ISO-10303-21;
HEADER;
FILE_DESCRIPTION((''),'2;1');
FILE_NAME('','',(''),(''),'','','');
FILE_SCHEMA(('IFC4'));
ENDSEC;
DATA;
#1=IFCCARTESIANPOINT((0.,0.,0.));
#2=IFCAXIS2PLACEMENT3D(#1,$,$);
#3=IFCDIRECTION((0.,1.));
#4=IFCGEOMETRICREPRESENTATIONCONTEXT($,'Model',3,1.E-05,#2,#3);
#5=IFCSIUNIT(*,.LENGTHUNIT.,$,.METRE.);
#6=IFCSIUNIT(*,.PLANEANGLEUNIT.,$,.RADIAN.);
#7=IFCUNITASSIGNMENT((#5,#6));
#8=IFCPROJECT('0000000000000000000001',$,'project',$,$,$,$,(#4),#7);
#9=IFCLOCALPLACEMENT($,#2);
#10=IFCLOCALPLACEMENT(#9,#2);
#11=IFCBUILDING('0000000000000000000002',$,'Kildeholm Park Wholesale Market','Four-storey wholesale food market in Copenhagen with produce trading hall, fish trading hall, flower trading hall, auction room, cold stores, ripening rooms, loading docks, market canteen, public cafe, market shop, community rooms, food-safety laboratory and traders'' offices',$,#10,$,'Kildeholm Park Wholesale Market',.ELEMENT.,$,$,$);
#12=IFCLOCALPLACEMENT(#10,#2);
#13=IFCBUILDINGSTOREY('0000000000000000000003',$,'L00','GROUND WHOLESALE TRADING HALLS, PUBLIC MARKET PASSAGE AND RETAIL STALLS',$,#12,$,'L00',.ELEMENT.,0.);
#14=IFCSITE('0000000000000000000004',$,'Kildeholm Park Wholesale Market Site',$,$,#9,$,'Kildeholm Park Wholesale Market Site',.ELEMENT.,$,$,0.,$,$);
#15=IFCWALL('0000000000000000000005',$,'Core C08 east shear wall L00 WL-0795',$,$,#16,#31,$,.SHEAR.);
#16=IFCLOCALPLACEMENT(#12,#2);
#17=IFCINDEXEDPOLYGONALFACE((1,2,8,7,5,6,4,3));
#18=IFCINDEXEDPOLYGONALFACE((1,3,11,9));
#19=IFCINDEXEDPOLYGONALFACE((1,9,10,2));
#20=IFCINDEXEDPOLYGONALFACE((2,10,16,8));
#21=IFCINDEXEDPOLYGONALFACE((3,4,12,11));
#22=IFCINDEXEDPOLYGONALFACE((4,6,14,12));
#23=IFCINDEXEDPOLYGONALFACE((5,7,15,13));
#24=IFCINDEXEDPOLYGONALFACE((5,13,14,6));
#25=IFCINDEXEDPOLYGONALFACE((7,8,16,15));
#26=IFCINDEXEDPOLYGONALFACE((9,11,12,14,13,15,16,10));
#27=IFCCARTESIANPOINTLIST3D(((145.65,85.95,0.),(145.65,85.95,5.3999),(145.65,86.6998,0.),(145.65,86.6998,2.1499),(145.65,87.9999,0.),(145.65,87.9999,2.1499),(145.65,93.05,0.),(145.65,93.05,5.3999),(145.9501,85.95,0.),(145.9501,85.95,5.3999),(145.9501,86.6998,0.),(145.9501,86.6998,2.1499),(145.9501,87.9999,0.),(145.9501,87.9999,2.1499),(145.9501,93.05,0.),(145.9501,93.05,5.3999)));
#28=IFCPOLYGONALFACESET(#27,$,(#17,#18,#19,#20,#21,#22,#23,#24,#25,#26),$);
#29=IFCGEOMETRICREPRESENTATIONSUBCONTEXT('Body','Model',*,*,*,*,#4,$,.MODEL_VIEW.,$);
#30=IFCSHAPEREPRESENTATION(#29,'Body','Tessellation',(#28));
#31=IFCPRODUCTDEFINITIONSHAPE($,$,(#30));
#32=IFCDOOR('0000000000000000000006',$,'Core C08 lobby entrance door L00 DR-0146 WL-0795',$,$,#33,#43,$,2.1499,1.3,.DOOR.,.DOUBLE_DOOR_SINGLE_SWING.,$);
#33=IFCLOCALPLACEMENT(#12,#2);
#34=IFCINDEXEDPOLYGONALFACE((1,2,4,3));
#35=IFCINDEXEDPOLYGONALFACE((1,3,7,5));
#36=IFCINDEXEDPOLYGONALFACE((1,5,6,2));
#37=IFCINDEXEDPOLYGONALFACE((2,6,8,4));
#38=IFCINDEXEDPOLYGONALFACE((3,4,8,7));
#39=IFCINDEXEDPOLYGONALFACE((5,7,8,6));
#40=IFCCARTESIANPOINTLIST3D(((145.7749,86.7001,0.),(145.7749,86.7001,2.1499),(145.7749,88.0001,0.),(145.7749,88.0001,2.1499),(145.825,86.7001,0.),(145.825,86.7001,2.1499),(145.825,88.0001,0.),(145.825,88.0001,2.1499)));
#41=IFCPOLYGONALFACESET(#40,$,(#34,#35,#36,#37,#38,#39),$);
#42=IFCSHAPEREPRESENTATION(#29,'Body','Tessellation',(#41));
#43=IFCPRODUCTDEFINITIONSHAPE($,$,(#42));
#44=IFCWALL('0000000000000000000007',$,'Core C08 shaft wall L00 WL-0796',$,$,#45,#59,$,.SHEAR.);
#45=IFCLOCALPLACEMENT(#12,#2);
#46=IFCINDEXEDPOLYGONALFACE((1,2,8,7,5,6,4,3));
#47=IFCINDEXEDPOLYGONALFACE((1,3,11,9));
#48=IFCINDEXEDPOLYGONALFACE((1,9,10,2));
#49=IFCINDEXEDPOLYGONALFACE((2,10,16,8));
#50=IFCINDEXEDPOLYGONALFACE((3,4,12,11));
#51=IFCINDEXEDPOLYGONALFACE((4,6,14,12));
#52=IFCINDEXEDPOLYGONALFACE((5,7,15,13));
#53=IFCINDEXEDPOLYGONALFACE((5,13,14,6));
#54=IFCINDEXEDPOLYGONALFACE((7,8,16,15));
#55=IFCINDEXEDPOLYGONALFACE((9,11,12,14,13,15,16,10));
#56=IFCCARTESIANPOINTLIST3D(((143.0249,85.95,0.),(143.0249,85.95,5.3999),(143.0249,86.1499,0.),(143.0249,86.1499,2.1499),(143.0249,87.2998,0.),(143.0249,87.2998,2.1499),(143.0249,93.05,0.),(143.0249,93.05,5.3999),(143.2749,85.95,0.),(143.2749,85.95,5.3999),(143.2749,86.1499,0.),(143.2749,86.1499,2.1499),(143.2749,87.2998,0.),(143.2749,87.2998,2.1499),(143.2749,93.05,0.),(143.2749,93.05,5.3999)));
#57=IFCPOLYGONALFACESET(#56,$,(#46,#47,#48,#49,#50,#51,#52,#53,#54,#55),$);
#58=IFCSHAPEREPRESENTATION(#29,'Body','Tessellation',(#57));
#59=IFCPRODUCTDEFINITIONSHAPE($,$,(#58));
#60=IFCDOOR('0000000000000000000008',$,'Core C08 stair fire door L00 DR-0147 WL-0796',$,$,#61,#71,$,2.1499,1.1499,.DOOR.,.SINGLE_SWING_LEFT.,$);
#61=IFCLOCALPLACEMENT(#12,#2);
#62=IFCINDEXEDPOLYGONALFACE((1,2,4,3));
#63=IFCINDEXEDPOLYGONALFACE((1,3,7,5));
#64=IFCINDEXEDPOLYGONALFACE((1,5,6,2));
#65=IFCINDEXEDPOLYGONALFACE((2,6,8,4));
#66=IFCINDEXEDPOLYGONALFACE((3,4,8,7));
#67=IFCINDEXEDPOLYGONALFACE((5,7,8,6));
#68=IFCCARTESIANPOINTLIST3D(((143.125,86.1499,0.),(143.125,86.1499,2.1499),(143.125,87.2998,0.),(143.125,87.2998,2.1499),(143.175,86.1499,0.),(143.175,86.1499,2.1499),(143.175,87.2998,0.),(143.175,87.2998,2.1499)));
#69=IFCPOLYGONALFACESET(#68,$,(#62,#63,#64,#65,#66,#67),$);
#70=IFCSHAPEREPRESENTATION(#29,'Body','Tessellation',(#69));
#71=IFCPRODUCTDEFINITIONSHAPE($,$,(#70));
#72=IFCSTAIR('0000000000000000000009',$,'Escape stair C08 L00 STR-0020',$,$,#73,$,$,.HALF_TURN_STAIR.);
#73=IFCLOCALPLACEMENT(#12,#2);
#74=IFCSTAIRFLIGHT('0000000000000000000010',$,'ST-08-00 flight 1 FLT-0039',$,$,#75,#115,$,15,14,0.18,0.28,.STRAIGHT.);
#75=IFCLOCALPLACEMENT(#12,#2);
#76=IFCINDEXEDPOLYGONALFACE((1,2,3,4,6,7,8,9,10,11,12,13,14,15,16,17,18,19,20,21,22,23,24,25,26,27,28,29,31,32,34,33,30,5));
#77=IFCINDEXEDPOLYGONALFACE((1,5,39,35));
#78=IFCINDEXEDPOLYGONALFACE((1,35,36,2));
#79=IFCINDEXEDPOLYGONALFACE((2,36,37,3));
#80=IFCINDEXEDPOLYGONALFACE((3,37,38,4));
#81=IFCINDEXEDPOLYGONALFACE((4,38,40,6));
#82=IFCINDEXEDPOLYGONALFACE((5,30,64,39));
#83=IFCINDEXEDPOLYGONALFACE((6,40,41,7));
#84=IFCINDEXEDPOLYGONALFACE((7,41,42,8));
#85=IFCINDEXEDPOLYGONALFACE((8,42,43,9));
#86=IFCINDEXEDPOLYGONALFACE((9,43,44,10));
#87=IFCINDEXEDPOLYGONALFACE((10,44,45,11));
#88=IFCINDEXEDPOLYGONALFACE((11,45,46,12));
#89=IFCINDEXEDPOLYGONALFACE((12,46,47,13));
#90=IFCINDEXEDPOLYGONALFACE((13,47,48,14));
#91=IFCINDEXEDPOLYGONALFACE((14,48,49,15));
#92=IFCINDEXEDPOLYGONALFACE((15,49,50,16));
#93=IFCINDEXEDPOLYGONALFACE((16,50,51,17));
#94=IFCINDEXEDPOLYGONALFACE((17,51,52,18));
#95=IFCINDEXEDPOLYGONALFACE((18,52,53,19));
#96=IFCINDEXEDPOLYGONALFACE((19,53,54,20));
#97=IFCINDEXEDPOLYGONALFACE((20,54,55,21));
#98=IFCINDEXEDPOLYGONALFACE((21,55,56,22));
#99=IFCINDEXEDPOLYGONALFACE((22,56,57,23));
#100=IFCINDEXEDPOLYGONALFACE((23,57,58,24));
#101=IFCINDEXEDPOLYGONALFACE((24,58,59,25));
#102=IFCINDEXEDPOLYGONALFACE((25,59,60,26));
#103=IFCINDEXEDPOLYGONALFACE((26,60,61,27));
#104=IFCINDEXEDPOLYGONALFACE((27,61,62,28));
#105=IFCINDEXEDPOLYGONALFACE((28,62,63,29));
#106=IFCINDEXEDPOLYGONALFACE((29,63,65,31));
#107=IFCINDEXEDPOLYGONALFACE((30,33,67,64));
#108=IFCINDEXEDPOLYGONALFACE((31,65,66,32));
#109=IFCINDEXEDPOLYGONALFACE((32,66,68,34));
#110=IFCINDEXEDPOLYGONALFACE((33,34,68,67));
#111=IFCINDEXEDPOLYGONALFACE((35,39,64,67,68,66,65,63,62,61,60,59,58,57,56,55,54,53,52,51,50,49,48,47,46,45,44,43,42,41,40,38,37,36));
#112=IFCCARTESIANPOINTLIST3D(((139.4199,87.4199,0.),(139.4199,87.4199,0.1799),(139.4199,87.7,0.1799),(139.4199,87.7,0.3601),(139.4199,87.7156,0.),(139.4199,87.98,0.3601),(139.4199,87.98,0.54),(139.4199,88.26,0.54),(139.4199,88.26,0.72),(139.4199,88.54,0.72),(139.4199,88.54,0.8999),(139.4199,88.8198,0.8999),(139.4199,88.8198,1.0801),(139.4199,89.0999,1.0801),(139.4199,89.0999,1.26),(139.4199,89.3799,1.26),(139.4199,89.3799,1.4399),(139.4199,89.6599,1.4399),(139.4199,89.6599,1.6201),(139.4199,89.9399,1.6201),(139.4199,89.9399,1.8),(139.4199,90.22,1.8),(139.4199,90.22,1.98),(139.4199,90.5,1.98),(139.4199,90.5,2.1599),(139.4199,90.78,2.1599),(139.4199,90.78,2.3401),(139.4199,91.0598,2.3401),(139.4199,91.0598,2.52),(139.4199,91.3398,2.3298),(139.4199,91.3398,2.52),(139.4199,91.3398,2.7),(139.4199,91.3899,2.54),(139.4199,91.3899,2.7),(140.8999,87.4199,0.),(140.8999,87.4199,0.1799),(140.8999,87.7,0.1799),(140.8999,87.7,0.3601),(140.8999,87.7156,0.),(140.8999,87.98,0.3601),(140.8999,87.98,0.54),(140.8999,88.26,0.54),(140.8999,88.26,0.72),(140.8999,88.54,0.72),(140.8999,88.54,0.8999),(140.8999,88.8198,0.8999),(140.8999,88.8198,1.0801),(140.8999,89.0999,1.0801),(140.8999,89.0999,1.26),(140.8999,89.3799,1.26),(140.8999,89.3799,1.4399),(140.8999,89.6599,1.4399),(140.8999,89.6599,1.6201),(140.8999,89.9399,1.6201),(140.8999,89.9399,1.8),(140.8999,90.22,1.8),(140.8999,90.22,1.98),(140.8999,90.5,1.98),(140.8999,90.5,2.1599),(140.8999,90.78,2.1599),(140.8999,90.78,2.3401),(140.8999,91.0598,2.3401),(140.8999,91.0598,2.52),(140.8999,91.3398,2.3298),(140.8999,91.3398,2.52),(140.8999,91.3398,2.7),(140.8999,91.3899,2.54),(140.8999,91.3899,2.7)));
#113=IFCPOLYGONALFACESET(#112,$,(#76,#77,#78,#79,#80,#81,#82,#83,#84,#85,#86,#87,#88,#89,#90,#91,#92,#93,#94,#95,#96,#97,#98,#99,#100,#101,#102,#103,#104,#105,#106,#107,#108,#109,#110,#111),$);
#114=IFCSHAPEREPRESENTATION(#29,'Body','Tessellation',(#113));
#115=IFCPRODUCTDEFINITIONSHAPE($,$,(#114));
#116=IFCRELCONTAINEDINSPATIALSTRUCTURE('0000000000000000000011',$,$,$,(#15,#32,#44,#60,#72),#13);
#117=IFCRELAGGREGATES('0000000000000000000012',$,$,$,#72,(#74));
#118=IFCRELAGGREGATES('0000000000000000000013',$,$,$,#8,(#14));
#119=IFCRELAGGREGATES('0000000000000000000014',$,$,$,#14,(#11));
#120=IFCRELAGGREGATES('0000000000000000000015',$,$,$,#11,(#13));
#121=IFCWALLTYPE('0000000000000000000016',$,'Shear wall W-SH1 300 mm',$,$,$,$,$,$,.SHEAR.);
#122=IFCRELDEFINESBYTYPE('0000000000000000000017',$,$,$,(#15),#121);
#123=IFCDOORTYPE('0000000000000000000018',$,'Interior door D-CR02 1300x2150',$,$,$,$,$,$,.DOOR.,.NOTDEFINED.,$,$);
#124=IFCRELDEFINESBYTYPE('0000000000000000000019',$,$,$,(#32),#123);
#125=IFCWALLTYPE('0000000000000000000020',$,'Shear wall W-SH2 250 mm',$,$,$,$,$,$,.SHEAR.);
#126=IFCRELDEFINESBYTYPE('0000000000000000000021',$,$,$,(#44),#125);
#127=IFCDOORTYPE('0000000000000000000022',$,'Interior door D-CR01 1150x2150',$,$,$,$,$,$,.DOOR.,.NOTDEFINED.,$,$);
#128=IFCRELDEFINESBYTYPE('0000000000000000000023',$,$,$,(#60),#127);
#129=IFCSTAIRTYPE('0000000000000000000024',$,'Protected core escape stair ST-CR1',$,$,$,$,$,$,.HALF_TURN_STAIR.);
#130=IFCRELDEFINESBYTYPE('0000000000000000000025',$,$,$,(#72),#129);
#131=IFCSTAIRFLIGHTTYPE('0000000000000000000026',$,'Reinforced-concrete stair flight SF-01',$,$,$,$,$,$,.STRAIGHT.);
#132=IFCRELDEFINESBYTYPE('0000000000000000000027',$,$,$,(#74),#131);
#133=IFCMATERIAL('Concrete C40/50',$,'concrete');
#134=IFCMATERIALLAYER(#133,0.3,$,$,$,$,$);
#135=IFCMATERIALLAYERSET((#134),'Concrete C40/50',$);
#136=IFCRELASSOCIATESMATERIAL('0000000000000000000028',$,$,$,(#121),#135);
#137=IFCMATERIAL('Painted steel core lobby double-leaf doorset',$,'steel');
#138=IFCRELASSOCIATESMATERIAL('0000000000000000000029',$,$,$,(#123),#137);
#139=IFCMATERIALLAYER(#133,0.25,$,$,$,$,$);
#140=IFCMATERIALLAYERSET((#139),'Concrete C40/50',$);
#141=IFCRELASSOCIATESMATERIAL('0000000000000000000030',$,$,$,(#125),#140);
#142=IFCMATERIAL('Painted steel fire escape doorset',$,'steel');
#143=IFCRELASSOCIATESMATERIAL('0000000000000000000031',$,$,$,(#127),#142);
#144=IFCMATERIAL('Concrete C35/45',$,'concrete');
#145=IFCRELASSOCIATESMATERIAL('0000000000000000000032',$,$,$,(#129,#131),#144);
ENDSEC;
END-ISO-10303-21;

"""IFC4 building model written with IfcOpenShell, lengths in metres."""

from ifc_helpers import new_model, si_unit, direction, frame, frame_2d, origin, place, context, subcontext, project, spatial, polyline, rectangle, outline, extrude, material, layer, layer_set, type_object, element, fill, aggregate, save


model = new_model("IFC4")

# Units and contexts
model_context = context("Model", 3, precision=1e-05, world=origin(), true_north=direction((0.0, 1.0)))
body_context = subcontext(model_context, "Body", "Model", "MODEL_VIEW")
ifc_project = project(units=[si_unit("LENGTHUNIT", "METRE"), si_unit("PLANEANGLEUNIT", "RADIAN")], contexts=[model_context])

# Site, building, storey
site_placement = place(None, origin())
site = spatial("IfcSite", under=ifc_project, at=site_placement, Name="Kildeholm Park Wholesale Market Site", LongName="Kildeholm Park Wholesale Market Site", CompositionType="ELEMENT", RefElevation=0.0)
building_placement = place(site_placement, origin())
building = spatial("IfcBuilding", under=site, at=building_placement, Name="Kildeholm Park Wholesale Market", Description="Four-storey wholesale food market in Copenhagen with produce trading hall, fish trading hall, flower trading hall, auction room, cold stores, ripening rooms, loading docks, market canteen, public cafe, market shop, community rooms, food-safety laboratory and traders' offices", LongName="Kildeholm Park Wholesale Market", CompositionType="ELEMENT")
storey_placement = place(building_placement, origin())
storey = spatial("IfcBuildingStorey", under=building, at=storey_placement, Name="L00", Description="GROUND WHOLESALE TRADING HALLS, PUBLIC MARKET PASSAGE AND RETAIL STALLS", LongName="L00", CompositionType="ELEMENT", Elevation=0.0)

# Shared definitions
ifc_material_1 = material(Name="Concrete C35/45", Category="concrete")

# Shared definitions
ifc_material_2 = material(Name="Concrete C40/50", Category="concrete")
ifc_layer_1 = layer(ifc_material_2, 0.3)
ifc_layer_set_1 = layer_set([ifc_layer_1], Name="Concrete C40/50")
wall_type_1 = type_object("IfcWallType", Name="Shear wall W-SH1 300 mm", PredefinedType="SHEAR", material=ifc_layer_set_1)

# Walls, openings, doors
wall_1_placement = place(storey_placement, frame((145.8, 85.95, 0.0), z_axis=(0.0, 0.0, 1.0), x_axis=(0.0, 1.0, 0.0)))
wall_1 = element("IfcWall", 1, at=wall_1_placement, inside=storey, type_object=wall_type_1, Name="Core C08 east shear wall L00 WL-0795", PredefinedType="SHEAR", context=body_context, shape_type="SweptSolid", body=[
    extrude(rectangle(XDim=7.1001, YDim=0.3, at=frame_2d((3.55, 0.0))), origin(), (0.0, 0.0, 1.0), 5.3999),
])
opening_1_placement = place(wall_1_placement, frame((0.75, 0.0, 0.0)))
opening_1 = element("IfcOpeningElement", 2, at=opening_1_placement, cuts=wall_1, PredefinedType="OPENING", context=body_context, shape_type="SweptSolid", body=[
    extrude(rectangle(XDim=1.3, YDim=2.1499, at=frame_2d((0.6499, 1.075))), frame((0.0, 0.1599, 0.0), z_axis=(0.0, -1.0, 0.0), x_axis=(1.0, 0.0, 0.0)), (0.0, 0.0, 1.0), 0.3201),
])
ifc_material_3 = material(Name="Painted steel core lobby double-leaf doorset", Category="steel")
door_type_1 = type_object("IfcDoorType", Name="Interior door D-CR02 1300x2150", OperationType="NOTDEFINED", PredefinedType="DOOR", material=ifc_material_3)
door_1_placement = place(opening_1_placement, frame((1.3, 0.0, 0.0), z_axis=(0.0, 0.0, 1.0), x_axis=(-1.0, 0.0, 0.0)))
door_1 = element("IfcDoor", 3, at=door_1_placement, inside=storey, type_object=door_type_1, Name="Core C08 lobby entrance door L00 DR-0146 WL-0795", OperationType="DOUBLE_DOOR_SINGLE_SWING", OverallHeight=2.1499, OverallWidth=1.3, PredefinedType="DOOR", context=body_context, shape_type="SweptSolid", body=[
    extrude(rectangle(XDim=1.3, YDim=2.1499, at=frame_2d((0.6499, 1.075))), frame((0.0, 0.0249, 0.0), z_axis=(0.0, -1.0, 0.0), x_axis=(1.0, 0.0, 0.0)), (0.0, 0.0, 1.0), 0.05),
])
fill(opening_1, door_1)
ifc_layer_2 = layer(ifc_material_2, 0.25)
ifc_layer_set_2 = layer_set([ifc_layer_2], Name="Concrete C40/50")
wall_type_2 = type_object("IfcWallType", Name="Shear wall W-SH2 250 mm", PredefinedType="SHEAR", material=ifc_layer_set_2)
wall_2_placement = place(storey_placement, frame((143.1499, 85.95, 0.0), z_axis=(0.0, 0.0, 1.0), x_axis=(0.0, 1.0, 0.0)))
wall_2 = element("IfcWall", 4, at=wall_2_placement, inside=storey, type_object=wall_type_2, Name="Core C08 shaft wall L00 WL-0796", PredefinedType="SHEAR", context=body_context, shape_type="SweptSolid", body=[
    extrude(rectangle(XDim=7.1001, YDim=0.25, at=frame_2d((3.55, 0.0))), origin(), (0.0, 0.0, 1.0), 5.3999),
])
opening_2_placement = place(wall_2_placement, frame((0.2, 0.0, 0.0)))
opening_2 = element("IfcOpeningElement", 5, at=opening_2_placement, cuts=wall_2, PredefinedType="OPENING", context=body_context, shape_type="SweptSolid", body=[
    extrude(rectangle(XDim=1.1499, YDim=2.1499, at=frame_2d((0.575, 1.075))), frame((0.0, 0.135, 0.0), z_axis=(0.0, -1.0, 0.0), x_axis=(1.0, 0.0, 0.0)), (0.0, 0.0, 1.0), 0.27),
])
ifc_material_4 = material(Name="Painted steel fire escape doorset", Category="steel")
door_type_2 = type_object("IfcDoorType", Name="Interior door D-CR01 1150x2150", OperationType="NOTDEFINED", PredefinedType="DOOR", material=ifc_material_4)
door_2_placement = place(opening_2_placement, origin())
door_2 = element("IfcDoor", 6, at=door_2_placement, inside=storey, type_object=door_type_2, Name="Core C08 stair fire door L00 DR-0147 WL-0796", OperationType="SINGLE_SWING_LEFT", OverallHeight=2.1499, OverallWidth=1.1499, PredefinedType="DOOR", context=body_context, shape_type="SweptSolid", body=[
    extrude(rectangle(XDim=1.1499, YDim=2.1499, at=frame_2d((0.575, 1.075))), frame((0.0, 0.0249, 0.0), z_axis=(0.0, -1.0, 0.0), x_axis=(1.0, 0.0, 0.0)), (0.0, 0.0, 1.0), 0.05),
])
fill(opening_2, door_2)

# Stair, stair flight
stair_type = type_object("IfcStairType", Name="Protected core escape stair ST-CR1", PredefinedType="HALF_TURN_STAIR", material=ifc_material_1)
stair_placement = place(storey_placement, origin())
stair = element("IfcStair", 7, at=stair_placement, inside=storey, type_object=stair_type, Name="Escape stair C08 L00 STR-0020", PredefinedType="HALF_TURN_STAIR")
stair_flight_type = type_object("IfcStairFlightType", Name="Reinforced-concrete stair flight SF-01", PredefinedType="STRAIGHT", material=ifc_material_1)
stair_flight_placement = place(storey_placement, frame((140.1599, 87.4199, 0.0), z_axis=(0.0, 0.0, 1.0), x_axis=(0.0, 1.0, 0.0)))
stair_flight = element("IfcStairFlight", 8, at=stair_flight_placement, type_object=stair_flight_type, Name="ST-08-00 flight 1 FLT-0039", NumberOfRisers=15, NumberOfTreads=14, PredefinedType="STRAIGHT", RiserHeight=0.18, TreadLength=0.28, context=body_context, shape_type="SweptSolid", body=[
    extrude(outline(polyline([(0.0, 0.0), (0.0, 0.1799), (0.28, 0.1799), (0.28, 0.3601), (0.5601, 0.3601), (0.5601, 0.54), (0.8401, 0.54), (0.8401, 0.72), (1.1201, 0.72), (1.1201, 0.8999), (1.3999, 0.8999), (1.3999, 1.0801), (1.6799, 1.0801), (1.6799, 1.26), (1.96, 1.26), (1.96, 1.4399), (2.24, 1.4399), (2.24, 1.6201), (2.52, 1.6201), (2.52, 1.8), (2.8, 1.8), (2.8, 1.98), (3.0801, 1.98), (3.0801, 2.1599), (3.3601, 2.1599), (3.3601, 2.3401), (3.6399, 2.3401), (3.6399, 2.52), (3.9199, 2.52), (3.9199, 2.7), (3.97, 2.7), (3.97, 2.54), (3.9199, 2.3298), (0.2957, 0.0), (0.0, 0.0)])), frame((0.0, 0.74, 0.0), z_axis=(0.0, -1.0, 0.0), x_axis=(1.0, 0.0, 0.0)), (0.0, 0.0, 1.0), 1.48),
])
aggregate(stair, [stair_flight])

save(model, "model.ifc")
